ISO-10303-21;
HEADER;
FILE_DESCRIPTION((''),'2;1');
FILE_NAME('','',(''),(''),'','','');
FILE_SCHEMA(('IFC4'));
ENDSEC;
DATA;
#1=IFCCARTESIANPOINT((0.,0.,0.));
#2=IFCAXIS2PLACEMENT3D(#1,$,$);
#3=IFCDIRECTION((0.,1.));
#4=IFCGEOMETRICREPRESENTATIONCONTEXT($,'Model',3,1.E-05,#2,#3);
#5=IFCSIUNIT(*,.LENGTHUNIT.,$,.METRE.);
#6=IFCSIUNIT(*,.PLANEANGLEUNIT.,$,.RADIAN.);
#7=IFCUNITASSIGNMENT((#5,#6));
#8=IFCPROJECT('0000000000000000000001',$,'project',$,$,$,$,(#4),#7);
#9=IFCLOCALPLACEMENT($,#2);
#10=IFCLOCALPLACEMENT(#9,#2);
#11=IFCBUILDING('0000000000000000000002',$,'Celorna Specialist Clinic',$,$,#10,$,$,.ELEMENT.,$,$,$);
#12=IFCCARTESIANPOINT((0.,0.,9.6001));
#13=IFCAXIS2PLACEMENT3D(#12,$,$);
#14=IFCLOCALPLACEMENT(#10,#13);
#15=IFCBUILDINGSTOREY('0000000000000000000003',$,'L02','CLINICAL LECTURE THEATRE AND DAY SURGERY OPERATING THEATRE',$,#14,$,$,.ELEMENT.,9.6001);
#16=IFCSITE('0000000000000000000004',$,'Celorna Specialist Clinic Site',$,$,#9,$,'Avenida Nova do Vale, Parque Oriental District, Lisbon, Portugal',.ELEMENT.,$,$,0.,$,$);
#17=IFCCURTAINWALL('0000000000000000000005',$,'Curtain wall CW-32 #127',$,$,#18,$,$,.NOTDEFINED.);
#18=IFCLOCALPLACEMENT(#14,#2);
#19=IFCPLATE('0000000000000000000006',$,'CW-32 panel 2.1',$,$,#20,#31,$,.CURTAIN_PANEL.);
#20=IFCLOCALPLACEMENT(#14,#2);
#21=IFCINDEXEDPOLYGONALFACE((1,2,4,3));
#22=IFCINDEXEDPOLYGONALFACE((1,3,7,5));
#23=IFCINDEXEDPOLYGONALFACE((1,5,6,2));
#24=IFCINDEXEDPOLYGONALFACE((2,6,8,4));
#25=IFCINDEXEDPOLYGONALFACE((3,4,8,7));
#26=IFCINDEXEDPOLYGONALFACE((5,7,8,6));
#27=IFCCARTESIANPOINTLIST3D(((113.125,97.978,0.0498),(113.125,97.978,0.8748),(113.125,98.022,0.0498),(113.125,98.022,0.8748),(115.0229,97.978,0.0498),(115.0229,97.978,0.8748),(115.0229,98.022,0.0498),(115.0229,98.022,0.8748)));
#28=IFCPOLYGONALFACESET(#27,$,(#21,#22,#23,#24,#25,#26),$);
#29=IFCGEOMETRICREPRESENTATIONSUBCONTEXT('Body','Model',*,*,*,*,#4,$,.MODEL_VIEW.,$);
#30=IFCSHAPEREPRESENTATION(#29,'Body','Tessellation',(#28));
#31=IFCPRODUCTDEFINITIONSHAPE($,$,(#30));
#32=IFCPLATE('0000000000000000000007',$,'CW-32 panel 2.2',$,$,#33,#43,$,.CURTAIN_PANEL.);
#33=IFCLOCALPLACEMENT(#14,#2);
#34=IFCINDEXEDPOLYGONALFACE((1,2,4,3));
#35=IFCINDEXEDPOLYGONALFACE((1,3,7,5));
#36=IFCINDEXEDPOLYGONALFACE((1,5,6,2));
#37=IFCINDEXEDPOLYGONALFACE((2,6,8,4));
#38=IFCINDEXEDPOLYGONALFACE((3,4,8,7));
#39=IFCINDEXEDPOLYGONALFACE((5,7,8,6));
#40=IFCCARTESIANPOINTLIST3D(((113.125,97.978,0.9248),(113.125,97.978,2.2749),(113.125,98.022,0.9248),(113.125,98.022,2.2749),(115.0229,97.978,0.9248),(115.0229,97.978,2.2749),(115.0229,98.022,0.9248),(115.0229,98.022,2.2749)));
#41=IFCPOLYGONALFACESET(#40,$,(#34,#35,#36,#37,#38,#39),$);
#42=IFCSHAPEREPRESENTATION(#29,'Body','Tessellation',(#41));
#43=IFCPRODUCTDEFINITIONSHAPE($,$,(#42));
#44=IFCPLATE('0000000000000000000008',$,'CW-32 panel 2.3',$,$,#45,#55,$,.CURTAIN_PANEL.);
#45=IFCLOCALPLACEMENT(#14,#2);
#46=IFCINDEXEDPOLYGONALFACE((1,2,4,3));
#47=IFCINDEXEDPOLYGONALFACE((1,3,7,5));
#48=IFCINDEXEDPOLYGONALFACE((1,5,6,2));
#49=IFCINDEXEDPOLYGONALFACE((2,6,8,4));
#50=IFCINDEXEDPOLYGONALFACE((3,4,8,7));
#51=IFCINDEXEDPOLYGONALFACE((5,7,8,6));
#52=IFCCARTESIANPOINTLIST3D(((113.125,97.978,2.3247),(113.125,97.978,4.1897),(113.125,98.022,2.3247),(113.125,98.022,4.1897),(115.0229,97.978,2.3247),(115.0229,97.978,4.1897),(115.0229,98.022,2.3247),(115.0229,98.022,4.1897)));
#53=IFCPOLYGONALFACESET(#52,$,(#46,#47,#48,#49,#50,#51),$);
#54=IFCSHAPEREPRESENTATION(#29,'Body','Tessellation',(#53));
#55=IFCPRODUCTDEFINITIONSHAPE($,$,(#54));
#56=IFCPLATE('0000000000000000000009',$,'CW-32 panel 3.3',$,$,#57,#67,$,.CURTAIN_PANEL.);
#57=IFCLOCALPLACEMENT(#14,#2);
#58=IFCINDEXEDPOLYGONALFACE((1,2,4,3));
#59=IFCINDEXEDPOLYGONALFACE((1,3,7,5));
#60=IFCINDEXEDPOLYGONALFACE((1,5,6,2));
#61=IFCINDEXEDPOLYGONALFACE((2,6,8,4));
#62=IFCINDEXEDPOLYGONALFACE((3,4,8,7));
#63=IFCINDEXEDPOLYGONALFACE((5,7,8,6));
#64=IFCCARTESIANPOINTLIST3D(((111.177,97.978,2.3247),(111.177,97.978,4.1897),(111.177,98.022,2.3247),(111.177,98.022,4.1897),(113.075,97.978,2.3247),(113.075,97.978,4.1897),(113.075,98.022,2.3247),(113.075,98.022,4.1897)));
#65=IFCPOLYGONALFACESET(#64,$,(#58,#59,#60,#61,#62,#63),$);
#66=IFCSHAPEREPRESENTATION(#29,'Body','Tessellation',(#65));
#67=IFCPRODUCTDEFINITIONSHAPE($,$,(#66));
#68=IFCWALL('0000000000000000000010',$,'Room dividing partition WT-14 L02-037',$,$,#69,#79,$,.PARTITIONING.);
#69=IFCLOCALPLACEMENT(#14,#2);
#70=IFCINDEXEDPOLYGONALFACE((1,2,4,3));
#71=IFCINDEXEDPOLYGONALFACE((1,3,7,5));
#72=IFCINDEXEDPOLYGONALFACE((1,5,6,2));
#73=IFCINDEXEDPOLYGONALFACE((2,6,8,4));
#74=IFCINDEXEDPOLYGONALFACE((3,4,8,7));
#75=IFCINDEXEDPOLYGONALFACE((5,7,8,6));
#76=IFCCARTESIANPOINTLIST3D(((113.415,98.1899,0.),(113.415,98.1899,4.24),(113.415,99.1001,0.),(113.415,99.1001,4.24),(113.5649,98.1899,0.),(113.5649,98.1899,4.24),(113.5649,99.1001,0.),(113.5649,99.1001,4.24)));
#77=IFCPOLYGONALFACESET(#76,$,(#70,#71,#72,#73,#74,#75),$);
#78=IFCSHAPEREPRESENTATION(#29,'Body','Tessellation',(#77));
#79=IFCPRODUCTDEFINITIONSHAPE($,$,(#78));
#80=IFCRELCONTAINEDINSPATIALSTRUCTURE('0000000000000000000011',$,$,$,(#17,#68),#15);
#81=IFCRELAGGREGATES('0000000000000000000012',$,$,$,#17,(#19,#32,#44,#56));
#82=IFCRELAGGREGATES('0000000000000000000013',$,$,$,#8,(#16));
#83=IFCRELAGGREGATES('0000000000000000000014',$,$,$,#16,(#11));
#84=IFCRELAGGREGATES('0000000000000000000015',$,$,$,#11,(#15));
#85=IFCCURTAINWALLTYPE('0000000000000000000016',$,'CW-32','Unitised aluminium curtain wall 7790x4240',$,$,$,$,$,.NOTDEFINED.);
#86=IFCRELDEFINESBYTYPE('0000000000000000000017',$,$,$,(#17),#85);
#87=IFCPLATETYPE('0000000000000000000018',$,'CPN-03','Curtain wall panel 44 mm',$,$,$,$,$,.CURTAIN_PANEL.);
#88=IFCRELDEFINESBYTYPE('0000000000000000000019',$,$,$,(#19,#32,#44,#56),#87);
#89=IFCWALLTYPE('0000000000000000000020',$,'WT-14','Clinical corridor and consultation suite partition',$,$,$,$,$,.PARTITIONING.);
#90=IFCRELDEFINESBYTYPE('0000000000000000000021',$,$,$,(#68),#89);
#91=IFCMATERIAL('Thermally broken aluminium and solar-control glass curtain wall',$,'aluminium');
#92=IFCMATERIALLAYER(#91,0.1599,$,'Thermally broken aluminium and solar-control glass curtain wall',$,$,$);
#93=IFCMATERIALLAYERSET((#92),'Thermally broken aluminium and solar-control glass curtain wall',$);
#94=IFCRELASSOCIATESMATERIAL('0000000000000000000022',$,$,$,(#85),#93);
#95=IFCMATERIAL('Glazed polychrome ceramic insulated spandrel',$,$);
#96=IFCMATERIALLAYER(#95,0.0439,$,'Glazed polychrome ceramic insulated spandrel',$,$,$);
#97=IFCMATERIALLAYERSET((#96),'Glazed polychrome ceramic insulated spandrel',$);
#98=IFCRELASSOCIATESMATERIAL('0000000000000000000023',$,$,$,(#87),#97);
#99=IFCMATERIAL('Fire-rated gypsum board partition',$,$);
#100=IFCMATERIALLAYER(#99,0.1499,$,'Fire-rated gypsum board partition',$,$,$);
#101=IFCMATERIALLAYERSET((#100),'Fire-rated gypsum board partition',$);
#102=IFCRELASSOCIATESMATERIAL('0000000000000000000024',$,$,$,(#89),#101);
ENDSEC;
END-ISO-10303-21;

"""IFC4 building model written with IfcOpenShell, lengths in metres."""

from ifc_helpers import new_model, si_unit, direction, frame, frame_2d, origin, origin_2d, place, context, subcontext, project, spatial, rectangle, extrude, material, layer, layer_set, type_object, element, aggregate, save


model = new_model("IFC4")

# Units and contexts
model_context = context("Model", 3, precision=1e-05, world=origin(), true_north=direction((0.0, 1.0)))
body_context = subcontext(model_context, "Body", "Model", "MODEL_VIEW")
ifc_project = project(units=[si_unit("LENGTHUNIT", "METRE"), si_unit("PLANEANGLEUNIT", "RADIAN")], contexts=[model_context])

# Site, building, storey
site_placement = place(None, origin())
site = spatial("IfcSite", under=ifc_project, at=site_placement, Name="Celorna Specialist Clinic Site", LongName="Avenida Nova do Vale, Parque Oriental District, Lisbon, Portugal", CompositionType="ELEMENT", RefElevation=0.0)
building_placement = place(site_placement, origin())
building = spatial("IfcBuilding", under=site, at=building_placement, Name="Celorna Specialist Clinic", CompositionType="ELEMENT")
storey_placement = place(building_placement, frame((0.0, 0.0, 9.6001)))
storey = spatial("IfcBuildingStorey", under=building, at=storey_placement, Name="L02", Description="CLINICAL LECTURE THEATRE AND DAY SURGERY OPERATING THEATRE", CompositionType="ELEMENT", Elevation=9.6001)

# Curtain wall
ifc_material_1 = material(Name="Thermally broken aluminium and solar-control glass curtain wall", Category="aluminium")
ifc_layer_1 = layer(ifc_material_1, 0.1599, Name="Thermally broken aluminium and solar-control glass curtain wall")
ifc_layer_set_1 = layer_set([ifc_layer_1], Name="Thermally broken aluminium and solar-control glass curtain wall")
curtain_wall_type_1 = type_object("IfcCurtainWallType", Name="CW-32", Description="Unitised aluminium curtain wall 7790x4240", PredefinedType="NOTDEFINED", material=ifc_layer_set_1)
curtain_wall_1_placement = place(storey_placement, origin())
curtain_wall_1 = element("IfcCurtainWall", 1, at=curtain_wall_1_placement, inside=storey, type_object=curtain_wall_type_1, Name="Curtain wall CW-32 #127", PredefinedType="NOTDEFINED")

# Plates
ifc_material_2 = material(Name="Glazed polychrome ceramic insulated spandrel")
ifc_layer_2 = layer(ifc_material_2, 0.0439, Name="Glazed polychrome ceramic insulated spandrel")
ifc_layer_set_2 = layer_set([ifc_layer_2], Name="Glazed polychrome ceramic insulated spandrel")
plate_type_1 = type_object("IfcPlateType", Name="CPN-03", Description="Curtain wall panel 44 mm", PredefinedType="CURTAIN_PANEL", material=ifc_layer_set_2)
plate_1_placement = place(storey_placement, frame((114.074, 98.0, 0.0498), z_axis=(0.0, 0.0, 1.0), x_axis=(-1.0, 0.0, 0.0)))
plate_1 = element("IfcPlate", 2, at=plate_1_placement, type_object=plate_type_1, Name="CW-32 panel 2.1", PredefinedType="CURTAIN_PANEL", context=body_context, shape_type="SweptSolid", body=[
    extrude(rectangle(XDim=1.8979, YDim=0.0439, at=origin_2d()), origin(), (0.0, 0.0, 1.0), 0.825),
])
plate_2_placement = place(storey_placement, frame((114.074, 98.0, 0.9248), z_axis=(0.0, 0.0, 1.0), x_axis=(-1.0, 0.0, 0.0)))
plate_2 = element("IfcPlate", 3, at=plate_2_placement, type_object=plate_type_1, Name="CW-32 panel 2.2", PredefinedType="CURTAIN_PANEL", context=body_context, shape_type="SweptSolid", body=[
    extrude(rectangle(XDim=1.8979, YDim=0.0439, at=origin_2d()), origin(), (0.0, 0.0, 1.0), 1.3501),
])
plate_3_placement = place(storey_placement, frame((114.074, 98.0, 2.3247), z_axis=(0.0, 0.0, 1.0), x_axis=(-1.0, 0.0, 0.0)))
plate_3 = element("IfcPlate", 4, at=plate_3_placement, type_object=plate_type_1, Name="CW-32 panel 2.3", PredefinedType="CURTAIN_PANEL", context=body_context, shape_type="SweptSolid", body=[
    extrude(rectangle(XDim=1.8979, YDim=0.0439, at=origin_2d()), origin(), (0.0, 0.0, 1.0), 1.865),
])
plate_4_placement = place(storey_placement, frame((112.126, 98.0, 2.3247), z_axis=(0.0, 0.0, 1.0), x_axis=(-1.0, 0.0, 0.0)))
plate_4 = element("IfcPlate", 5, at=plate_4_placement, type_object=plate_type_1, Name="CW-32 panel 3.3", PredefinedType="CURTAIN_PANEL", context=body_context, shape_type="SweptSolid", body=[
    extrude(rectangle(XDim=1.8979, YDim=0.0439, at=origin_2d()), origin(), (0.0, 0.0, 1.0), 1.865),
])
aggregate(curtain_wall_1, [plate_1, plate_2, plate_3, plate_4])

# Wall
ifc_material_3 = material(Name="Fire-rated gypsum board partition")
ifc_layer_3 = layer(ifc_material_3, 0.1499, Name="Fire-rated gypsum board partition")
ifc_layer_set_3 = layer_set([ifc_layer_3], Name="Fire-rated gypsum board partition")
wall_type = type_object("IfcWallType", Name="WT-14", Description="Clinical corridor and consultation suite partition", PredefinedType="PARTITIONING", material=ifc_layer_set_3)
wall_placement = place(storey_placement, frame((113.49, 98.1899, 0.0), z_axis=(0.0, 0.0, 1.0), x_axis=(0.0, 1.0, 0.0)))
element("IfcWall", 6, at=wall_placement, inside=storey, type_object=wall_type, Name="Room dividing partition WT-14 L02-037", PredefinedType="PARTITIONING", context=body_context, shape_type="SweptSolid", body=[
    extrude(rectangle(XDim=0.9102, YDim=0.1499, at=frame_2d((0.4551, 0.0))), origin(), (0.0, 0.0, 1.0), 4.24),
])

save(model, "model.ifc")
